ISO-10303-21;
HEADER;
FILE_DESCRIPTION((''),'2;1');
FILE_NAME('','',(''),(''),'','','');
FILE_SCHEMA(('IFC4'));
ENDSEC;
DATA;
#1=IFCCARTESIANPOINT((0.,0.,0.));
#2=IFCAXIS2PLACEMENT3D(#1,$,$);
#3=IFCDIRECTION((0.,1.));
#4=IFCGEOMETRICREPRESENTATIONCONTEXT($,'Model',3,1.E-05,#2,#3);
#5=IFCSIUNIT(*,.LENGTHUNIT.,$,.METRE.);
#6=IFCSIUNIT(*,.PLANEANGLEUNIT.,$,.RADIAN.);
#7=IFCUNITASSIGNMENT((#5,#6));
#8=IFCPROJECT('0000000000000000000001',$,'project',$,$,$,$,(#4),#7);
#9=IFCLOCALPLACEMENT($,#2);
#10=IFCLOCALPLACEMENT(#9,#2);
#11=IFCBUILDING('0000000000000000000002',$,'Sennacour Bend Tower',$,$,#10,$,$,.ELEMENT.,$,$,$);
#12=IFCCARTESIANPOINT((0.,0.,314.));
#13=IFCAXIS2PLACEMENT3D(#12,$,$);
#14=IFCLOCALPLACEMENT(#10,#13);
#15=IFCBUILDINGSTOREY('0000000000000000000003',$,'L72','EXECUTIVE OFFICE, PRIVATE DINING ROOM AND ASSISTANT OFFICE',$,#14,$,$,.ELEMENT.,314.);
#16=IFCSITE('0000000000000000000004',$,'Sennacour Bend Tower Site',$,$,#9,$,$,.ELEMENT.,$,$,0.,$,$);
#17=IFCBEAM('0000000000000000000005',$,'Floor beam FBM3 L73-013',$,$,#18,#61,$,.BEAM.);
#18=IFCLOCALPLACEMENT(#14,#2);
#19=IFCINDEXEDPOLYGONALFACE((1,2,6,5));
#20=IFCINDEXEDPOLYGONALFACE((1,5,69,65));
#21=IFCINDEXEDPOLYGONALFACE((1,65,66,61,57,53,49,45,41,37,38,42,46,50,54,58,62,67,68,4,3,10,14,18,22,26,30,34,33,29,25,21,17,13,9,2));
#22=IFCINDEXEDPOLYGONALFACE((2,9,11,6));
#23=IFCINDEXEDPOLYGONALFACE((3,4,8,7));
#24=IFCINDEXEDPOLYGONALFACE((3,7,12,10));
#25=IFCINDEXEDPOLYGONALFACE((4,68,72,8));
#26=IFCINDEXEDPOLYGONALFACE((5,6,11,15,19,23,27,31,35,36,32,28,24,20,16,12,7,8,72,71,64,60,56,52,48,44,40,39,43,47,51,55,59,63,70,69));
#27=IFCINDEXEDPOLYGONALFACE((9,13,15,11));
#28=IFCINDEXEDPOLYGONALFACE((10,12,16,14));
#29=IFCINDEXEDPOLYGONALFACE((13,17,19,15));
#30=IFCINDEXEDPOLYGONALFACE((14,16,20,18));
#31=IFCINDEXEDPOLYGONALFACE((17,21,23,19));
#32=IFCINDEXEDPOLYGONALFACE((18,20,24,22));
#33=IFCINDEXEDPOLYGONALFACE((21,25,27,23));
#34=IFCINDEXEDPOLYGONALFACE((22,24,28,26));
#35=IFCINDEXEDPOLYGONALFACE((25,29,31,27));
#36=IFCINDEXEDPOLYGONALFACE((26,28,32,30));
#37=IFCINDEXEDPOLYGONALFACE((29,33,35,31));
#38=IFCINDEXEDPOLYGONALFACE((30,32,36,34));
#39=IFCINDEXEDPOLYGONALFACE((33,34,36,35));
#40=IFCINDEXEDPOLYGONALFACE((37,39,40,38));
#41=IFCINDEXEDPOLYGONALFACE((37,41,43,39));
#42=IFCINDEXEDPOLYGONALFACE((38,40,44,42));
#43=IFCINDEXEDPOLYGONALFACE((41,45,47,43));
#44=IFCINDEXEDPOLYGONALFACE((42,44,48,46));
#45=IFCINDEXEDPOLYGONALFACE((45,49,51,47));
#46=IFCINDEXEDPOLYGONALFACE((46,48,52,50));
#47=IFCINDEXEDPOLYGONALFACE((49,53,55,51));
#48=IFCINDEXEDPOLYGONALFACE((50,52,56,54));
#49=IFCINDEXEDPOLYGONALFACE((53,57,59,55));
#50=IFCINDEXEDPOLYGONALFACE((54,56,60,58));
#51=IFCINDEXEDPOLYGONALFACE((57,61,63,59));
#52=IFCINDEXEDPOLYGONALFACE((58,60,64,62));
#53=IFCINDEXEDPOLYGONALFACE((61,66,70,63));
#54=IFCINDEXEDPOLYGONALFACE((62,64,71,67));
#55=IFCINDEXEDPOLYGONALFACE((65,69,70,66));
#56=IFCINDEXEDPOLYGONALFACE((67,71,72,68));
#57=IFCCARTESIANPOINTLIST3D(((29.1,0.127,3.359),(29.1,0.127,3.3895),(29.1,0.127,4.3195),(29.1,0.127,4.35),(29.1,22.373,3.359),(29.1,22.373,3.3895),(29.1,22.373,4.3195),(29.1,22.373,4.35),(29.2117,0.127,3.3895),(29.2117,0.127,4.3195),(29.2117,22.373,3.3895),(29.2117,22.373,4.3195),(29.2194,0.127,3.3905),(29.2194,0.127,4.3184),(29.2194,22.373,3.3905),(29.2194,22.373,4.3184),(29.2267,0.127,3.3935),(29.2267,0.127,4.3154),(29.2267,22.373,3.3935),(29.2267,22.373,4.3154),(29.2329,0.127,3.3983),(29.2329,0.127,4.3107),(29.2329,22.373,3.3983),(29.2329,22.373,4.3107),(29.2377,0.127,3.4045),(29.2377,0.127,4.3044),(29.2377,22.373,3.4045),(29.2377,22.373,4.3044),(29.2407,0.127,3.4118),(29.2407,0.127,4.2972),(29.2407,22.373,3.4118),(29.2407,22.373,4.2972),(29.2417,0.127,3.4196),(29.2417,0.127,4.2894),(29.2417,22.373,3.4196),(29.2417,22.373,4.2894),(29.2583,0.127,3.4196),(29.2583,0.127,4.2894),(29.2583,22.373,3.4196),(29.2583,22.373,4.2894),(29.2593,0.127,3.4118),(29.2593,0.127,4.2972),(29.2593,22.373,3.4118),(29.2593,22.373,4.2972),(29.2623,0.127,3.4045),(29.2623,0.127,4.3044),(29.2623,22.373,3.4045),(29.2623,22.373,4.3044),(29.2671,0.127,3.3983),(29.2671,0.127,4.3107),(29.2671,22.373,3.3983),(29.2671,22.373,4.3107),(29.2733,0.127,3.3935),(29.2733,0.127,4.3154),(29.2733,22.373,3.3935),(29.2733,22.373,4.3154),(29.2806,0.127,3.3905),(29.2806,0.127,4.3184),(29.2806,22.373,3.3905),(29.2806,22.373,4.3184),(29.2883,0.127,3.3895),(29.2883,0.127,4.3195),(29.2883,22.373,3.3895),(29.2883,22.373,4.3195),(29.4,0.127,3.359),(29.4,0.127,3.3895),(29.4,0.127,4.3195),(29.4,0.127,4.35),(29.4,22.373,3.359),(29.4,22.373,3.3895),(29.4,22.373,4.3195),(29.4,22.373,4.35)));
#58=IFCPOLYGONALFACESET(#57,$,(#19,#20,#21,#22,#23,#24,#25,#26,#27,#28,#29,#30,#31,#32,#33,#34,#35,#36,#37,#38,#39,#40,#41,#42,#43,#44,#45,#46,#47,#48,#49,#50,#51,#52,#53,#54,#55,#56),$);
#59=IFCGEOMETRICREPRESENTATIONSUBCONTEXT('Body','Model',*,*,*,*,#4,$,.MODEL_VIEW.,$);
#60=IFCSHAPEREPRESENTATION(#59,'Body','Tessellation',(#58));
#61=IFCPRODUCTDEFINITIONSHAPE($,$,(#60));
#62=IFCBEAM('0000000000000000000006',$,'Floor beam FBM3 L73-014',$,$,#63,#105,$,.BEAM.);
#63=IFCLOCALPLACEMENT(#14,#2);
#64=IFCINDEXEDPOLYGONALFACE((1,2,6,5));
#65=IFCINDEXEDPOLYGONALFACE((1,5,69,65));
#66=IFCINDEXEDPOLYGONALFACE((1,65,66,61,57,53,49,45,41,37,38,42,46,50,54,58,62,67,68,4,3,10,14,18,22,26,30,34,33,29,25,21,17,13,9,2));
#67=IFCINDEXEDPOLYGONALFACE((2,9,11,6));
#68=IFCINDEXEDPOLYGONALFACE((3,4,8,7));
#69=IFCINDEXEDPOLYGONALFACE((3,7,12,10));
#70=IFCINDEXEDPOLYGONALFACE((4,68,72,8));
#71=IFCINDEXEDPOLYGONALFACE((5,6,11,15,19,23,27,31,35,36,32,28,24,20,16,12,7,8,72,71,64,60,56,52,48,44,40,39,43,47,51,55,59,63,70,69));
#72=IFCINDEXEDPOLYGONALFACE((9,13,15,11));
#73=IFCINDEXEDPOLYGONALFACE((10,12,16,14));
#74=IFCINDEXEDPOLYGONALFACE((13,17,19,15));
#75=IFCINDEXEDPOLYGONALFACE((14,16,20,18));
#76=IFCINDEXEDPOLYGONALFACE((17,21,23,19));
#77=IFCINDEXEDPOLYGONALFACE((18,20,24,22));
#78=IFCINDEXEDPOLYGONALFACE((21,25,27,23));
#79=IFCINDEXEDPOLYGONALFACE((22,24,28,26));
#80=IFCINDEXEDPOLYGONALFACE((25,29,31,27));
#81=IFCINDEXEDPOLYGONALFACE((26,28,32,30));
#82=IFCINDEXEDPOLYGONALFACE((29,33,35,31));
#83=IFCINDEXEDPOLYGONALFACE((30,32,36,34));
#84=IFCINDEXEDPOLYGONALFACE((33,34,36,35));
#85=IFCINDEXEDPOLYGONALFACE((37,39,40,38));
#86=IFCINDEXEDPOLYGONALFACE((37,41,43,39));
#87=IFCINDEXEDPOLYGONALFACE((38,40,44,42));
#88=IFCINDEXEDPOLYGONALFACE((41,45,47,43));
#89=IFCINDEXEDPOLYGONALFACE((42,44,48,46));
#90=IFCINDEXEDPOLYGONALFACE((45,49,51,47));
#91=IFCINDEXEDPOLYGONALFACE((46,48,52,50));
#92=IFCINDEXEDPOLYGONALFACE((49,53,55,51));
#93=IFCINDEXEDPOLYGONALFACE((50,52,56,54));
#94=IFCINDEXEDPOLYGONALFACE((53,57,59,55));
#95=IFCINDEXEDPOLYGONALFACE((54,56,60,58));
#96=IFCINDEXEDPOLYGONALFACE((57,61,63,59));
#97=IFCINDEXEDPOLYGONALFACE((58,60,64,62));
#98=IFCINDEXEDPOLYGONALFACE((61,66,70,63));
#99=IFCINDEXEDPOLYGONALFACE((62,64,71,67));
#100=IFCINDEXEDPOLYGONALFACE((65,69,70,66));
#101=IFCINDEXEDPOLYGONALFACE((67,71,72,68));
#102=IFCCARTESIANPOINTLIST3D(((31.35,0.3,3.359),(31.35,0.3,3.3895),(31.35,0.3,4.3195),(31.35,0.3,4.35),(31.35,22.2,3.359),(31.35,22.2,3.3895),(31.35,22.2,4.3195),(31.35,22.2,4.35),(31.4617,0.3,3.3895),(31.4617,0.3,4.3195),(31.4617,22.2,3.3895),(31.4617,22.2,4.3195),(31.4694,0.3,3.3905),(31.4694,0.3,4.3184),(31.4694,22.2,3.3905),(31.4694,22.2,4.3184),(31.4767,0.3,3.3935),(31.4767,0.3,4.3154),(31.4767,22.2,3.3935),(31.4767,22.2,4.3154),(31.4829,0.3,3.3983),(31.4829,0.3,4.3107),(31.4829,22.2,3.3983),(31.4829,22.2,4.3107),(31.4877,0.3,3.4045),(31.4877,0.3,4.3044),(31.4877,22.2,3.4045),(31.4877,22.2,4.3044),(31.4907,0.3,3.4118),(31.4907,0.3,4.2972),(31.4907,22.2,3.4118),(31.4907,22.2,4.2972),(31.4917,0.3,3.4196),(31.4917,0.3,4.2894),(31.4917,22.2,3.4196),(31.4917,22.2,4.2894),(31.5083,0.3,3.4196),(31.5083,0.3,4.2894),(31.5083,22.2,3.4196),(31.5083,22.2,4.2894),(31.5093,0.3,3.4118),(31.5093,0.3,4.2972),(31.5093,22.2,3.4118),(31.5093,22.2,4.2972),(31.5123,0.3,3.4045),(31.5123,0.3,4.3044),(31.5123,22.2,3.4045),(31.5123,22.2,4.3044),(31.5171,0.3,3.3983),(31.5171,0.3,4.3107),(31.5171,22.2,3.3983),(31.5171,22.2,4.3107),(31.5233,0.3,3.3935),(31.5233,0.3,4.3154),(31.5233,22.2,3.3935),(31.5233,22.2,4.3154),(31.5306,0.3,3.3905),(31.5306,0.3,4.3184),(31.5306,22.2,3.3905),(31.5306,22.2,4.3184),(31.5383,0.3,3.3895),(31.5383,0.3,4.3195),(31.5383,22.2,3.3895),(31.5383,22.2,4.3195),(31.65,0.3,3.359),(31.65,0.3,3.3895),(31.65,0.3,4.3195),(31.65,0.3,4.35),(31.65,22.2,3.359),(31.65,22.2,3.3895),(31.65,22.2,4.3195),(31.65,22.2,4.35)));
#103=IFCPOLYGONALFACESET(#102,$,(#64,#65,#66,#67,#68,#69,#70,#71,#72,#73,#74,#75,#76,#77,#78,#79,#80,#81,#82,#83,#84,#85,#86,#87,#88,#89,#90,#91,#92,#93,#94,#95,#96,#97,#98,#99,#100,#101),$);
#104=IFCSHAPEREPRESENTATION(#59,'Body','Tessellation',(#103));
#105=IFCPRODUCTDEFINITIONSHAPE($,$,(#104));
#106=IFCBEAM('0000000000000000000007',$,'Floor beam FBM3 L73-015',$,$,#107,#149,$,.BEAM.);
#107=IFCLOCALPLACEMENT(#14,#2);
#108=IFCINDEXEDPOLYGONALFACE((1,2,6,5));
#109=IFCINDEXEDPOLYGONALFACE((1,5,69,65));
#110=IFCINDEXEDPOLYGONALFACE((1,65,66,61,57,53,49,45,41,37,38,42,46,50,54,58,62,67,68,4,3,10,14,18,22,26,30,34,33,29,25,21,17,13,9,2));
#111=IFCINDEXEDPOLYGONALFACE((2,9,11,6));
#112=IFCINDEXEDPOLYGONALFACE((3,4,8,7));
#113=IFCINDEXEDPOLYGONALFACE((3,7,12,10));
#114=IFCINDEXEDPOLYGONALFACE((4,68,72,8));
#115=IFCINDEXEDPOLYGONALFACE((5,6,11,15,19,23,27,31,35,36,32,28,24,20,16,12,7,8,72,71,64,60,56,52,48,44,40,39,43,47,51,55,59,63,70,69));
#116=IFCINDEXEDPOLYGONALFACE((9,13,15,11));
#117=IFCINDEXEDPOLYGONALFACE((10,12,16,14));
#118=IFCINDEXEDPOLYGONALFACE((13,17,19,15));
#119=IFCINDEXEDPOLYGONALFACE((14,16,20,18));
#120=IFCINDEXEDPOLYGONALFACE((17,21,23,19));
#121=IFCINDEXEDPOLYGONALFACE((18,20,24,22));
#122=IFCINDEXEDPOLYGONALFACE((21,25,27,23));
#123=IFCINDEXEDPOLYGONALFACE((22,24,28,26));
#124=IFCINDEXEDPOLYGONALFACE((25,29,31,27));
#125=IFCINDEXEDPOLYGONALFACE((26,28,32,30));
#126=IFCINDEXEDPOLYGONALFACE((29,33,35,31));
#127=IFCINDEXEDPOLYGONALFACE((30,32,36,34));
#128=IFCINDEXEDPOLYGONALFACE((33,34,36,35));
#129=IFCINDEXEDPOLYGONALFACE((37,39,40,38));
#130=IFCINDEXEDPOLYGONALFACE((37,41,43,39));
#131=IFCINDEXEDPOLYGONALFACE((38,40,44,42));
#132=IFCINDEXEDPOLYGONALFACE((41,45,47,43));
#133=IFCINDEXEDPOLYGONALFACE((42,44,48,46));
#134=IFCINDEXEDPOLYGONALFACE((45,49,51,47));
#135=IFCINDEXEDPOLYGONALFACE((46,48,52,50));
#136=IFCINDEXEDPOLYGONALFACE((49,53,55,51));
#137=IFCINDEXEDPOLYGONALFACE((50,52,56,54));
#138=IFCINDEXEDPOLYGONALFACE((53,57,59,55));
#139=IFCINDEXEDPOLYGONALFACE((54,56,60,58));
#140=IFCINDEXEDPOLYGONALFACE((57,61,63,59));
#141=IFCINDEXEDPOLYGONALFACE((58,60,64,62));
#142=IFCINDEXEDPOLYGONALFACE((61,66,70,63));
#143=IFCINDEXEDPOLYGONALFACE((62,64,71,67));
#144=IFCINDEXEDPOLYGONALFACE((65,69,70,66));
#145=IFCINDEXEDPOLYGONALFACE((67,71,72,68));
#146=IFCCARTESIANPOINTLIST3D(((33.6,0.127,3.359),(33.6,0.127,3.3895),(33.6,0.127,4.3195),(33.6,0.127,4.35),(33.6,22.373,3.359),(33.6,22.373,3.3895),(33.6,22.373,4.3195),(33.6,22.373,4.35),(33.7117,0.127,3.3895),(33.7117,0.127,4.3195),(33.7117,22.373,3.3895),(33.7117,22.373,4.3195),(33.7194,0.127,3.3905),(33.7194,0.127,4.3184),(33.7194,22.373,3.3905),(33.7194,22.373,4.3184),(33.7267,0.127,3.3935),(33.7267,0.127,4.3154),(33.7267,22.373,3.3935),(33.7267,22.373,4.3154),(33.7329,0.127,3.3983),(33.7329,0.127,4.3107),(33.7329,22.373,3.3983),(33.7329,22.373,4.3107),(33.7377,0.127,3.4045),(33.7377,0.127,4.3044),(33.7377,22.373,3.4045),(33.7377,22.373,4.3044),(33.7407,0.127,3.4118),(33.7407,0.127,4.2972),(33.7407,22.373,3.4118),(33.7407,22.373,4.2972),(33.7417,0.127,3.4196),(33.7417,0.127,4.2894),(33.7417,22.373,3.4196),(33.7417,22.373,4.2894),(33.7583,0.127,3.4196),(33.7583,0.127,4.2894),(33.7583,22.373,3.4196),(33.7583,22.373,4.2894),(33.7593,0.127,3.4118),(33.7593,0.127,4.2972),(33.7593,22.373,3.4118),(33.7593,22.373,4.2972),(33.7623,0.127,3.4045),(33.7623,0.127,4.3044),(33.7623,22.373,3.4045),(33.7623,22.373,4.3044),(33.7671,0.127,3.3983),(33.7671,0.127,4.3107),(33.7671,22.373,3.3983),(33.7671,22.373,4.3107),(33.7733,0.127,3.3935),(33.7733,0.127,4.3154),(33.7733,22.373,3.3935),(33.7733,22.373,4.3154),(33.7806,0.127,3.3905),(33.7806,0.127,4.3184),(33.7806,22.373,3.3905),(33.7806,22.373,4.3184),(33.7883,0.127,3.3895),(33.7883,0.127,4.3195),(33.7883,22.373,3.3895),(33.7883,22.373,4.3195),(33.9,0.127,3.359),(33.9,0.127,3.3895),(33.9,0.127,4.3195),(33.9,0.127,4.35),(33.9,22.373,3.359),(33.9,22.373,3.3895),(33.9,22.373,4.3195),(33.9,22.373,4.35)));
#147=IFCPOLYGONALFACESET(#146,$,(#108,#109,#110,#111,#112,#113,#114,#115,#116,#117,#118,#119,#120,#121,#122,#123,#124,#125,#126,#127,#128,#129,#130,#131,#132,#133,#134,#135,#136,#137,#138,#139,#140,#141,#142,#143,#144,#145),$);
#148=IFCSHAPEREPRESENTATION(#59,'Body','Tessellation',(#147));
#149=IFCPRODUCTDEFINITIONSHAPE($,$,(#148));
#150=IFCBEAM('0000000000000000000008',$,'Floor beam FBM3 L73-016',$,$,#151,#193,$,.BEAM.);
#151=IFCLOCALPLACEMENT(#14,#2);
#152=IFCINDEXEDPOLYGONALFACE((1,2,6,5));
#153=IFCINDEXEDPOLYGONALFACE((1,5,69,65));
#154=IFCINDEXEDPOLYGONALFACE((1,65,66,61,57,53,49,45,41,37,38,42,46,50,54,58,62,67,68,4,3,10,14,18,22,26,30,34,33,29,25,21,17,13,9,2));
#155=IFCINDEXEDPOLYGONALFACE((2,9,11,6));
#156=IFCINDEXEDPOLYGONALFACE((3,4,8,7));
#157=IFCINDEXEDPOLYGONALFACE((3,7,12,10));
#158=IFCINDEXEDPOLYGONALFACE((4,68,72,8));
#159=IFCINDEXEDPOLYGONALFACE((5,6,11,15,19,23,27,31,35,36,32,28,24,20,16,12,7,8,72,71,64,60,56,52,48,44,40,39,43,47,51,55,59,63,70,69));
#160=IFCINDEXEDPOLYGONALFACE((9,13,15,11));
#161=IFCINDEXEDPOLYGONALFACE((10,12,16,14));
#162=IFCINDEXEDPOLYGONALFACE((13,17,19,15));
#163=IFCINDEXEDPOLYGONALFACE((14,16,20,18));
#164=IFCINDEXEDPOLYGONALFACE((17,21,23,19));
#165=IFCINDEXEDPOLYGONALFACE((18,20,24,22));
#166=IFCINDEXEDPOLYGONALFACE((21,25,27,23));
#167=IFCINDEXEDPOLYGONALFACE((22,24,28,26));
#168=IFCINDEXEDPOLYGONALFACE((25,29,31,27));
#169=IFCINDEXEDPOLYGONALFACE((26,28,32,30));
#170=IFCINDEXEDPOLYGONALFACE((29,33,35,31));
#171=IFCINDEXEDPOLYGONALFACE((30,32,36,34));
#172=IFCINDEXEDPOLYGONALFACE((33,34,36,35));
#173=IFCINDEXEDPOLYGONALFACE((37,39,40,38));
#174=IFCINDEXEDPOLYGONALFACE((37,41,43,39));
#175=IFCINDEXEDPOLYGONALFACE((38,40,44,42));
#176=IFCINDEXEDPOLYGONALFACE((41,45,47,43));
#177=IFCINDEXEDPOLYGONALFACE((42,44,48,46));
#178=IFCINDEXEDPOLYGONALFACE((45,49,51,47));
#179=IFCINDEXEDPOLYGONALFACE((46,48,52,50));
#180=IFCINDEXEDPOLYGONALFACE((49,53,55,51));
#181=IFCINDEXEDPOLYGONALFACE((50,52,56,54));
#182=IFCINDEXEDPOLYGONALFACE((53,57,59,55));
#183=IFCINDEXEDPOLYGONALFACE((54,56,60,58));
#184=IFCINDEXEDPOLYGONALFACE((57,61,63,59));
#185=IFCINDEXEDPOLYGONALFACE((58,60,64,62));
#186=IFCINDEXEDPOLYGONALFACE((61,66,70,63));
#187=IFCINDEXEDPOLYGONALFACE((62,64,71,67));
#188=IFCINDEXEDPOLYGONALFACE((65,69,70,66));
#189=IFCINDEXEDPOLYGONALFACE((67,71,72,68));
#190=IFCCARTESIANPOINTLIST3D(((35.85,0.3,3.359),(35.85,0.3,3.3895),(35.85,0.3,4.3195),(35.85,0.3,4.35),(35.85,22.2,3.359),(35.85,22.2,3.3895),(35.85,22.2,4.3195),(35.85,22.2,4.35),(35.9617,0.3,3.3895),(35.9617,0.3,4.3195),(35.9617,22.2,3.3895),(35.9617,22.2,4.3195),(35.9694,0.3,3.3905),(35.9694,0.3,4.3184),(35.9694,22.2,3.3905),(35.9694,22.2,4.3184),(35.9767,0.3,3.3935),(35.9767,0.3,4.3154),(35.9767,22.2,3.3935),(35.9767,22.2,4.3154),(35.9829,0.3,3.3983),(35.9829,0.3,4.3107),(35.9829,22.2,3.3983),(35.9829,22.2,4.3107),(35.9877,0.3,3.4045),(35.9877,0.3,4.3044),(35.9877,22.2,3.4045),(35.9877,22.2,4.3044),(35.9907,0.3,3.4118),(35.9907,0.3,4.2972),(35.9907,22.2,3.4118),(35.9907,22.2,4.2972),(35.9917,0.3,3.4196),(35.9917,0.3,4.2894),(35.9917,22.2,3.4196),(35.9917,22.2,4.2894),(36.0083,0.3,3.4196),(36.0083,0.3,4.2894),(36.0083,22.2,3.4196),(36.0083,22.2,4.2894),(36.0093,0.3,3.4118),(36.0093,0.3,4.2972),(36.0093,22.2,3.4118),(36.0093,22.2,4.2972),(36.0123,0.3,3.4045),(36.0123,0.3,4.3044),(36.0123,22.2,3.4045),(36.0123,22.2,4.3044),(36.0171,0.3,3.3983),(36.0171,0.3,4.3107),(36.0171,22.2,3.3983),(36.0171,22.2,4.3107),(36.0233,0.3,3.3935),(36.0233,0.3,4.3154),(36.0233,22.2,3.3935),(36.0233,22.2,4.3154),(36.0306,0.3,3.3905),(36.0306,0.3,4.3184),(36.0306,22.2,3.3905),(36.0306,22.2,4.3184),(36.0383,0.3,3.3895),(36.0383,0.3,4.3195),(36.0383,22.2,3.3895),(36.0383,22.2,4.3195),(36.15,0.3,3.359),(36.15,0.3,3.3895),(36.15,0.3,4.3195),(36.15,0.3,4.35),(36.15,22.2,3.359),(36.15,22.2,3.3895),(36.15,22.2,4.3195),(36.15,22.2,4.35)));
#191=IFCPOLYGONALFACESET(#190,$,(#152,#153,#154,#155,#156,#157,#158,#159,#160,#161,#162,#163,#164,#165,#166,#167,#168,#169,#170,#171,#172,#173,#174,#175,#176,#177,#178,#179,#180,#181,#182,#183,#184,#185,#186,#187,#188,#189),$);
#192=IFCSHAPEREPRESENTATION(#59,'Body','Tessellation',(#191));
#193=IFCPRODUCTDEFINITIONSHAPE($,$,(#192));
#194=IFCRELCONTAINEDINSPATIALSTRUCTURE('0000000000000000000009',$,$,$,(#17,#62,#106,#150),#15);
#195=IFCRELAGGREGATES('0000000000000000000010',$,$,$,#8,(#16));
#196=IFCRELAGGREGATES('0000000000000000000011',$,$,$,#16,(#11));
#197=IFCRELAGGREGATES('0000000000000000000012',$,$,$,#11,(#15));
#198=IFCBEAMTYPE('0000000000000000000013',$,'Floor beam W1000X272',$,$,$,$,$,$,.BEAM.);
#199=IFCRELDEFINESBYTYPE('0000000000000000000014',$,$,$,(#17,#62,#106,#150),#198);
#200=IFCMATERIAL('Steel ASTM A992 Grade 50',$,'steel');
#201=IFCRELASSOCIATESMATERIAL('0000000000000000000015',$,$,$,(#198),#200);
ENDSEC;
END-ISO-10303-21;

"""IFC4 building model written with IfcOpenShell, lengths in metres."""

from ifc_helpers import new_model, si_unit, direction, frame, origin, origin_2d, place, context, subcontext, project, spatial, i_section, extrude, material, material_profile, profile_set, type_object, element, save


model = new_model("IFC4")

# Units and contexts
model_context = context("Model", 3, precision=1e-05, world=origin(), true_north=direction((0.0, 1.0)))
body_context = subcontext(model_context, "Body", "Model", "MODEL_VIEW")
ifc_project = project(units=[si_unit("LENGTHUNIT", "METRE"), si_unit("PLANEANGLEUNIT", "RADIAN")], contexts=[model_context])

# Site, building, storey
site_placement = place(None, origin())
site = spatial("IfcSite", under=ifc_project, at=site_placement, Name="Sennacour Bend Tower Site", CompositionType="ELEMENT", RefElevation=0.0)
building_placement = place(site_placement, origin())
building = spatial("IfcBuilding", under=site, at=building_placement, Name="Sennacour Bend Tower", CompositionType="ELEMENT")
storey_placement = place(building_placement, frame((0.0, 0.0, 314.0)))
storey = spatial("IfcBuildingStorey", under=building, at=storey_placement, Name="L72", Description="EXECUTIVE OFFICE, PRIVATE DINING ROOM AND ASSISTANT OFFICE", CompositionType="ELEMENT", Elevation=314.0)

# Beams
ifc_material_1 = material(Name="Steel ASTM A992 Grade 50", Category="steel")
ifc_material_profile_1 = material_profile(ifc_material_1, i_section(OverallWidth=0.3, OverallDepth=0.991, WebThickness=0.0166, FlangeThickness=0.0305, FilletRadius=0.03, at=origin_2d()), Name="Steel ASTM A992 Grade 50", Category="steel")
ifc_profile_set_1 = profile_set([ifc_material_profile_1], Name="Steel ASTM A992 Grade 50")
beam_type_1 = type_object("IfcBeamType", Name="Floor beam W1000X272", PredefinedType="BEAM", material=ifc_profile_set_1)
beam_1_placement = place(storey_placement, frame((29.25, 0.127, 3.8545), z_axis=(0.0, 1.0, 0.0), x_axis=(-1.0, 0.0, 0.0)))
element("IfcBeam", 1, at=beam_1_placement, inside=storey, type_object=beam_type_1, Name="Floor beam FBM3 L73-013", PredefinedType="BEAM", context=body_context, shape_type="SweptSolid", body=[
    extrude(i_section(OverallWidth=0.3, OverallDepth=0.991, WebThickness=0.0166, FlangeThickness=0.0305, FilletRadius=0.03, at=origin_2d()), origin(), (0.0, 0.0, 1.0), 22.2461),
])
beam_2_placement = place(storey_placement, frame((31.5, 0.3, 3.8545), z_axis=(0.0, 1.0, 0.0), x_axis=(-1.0, 0.0, 0.0)))
element("IfcBeam", 2, at=beam_2_placement, inside=storey, type_object=beam_type_1, Name="Floor beam FBM3 L73-014", PredefinedType="BEAM", context=body_context, shape_type="SweptSolid", body=[
    extrude(i_section(OverallWidth=0.3, OverallDepth=0.991, WebThickness=0.0166, FlangeThickness=0.0305, FilletRadius=0.03, at=origin_2d()), origin(), (0.0, 0.0, 1.0), 21.8999),
])
beam_3_placement = place(storey_placement, frame((33.75, 0.127, 3.8545), z_axis=(0.0, 1.0, 0.0), x_axis=(-1.0, 0.0, 0.0)))
element("IfcBeam", 3, at=beam_3_placement, inside=storey, type_object=beam_type_1, Name="Floor beam FBM3 L73-015", PredefinedType="BEAM", context=body_context, shape_type="SweptSolid", body=[
    extrude(i_section(OverallWidth=0.3, OverallDepth=0.991, WebThickness=0.0166, FlangeThickness=0.0305, FilletRadius=0.03, at=origin_2d()), origin(), (0.0, 0.0, 1.0), 22.2461),
])
beam_4_placement = place(storey_placement, frame((36.0, 0.3, 3.8545), z_axis=(0.0, 1.0, 0.0), x_axis=(-1.0, 0.0, 0.0)))
element("IfcBeam", 4, at=beam_4_placement, inside=storey, type_object=beam_type_1, Name="Floor beam FBM3 L73-016", PredefinedType="BEAM", context=body_context, shape_type="SweptSolid", body=[
    extrude(i_section(OverallWidth=0.3, OverallDepth=0.991, WebThickness=0.0166, FlangeThickness=0.0305, FilletRadius=0.03, at=origin_2d()), origin(), (0.0, 0.0, 1.0), 21.8999),
])

save(model, "model.ifc")
